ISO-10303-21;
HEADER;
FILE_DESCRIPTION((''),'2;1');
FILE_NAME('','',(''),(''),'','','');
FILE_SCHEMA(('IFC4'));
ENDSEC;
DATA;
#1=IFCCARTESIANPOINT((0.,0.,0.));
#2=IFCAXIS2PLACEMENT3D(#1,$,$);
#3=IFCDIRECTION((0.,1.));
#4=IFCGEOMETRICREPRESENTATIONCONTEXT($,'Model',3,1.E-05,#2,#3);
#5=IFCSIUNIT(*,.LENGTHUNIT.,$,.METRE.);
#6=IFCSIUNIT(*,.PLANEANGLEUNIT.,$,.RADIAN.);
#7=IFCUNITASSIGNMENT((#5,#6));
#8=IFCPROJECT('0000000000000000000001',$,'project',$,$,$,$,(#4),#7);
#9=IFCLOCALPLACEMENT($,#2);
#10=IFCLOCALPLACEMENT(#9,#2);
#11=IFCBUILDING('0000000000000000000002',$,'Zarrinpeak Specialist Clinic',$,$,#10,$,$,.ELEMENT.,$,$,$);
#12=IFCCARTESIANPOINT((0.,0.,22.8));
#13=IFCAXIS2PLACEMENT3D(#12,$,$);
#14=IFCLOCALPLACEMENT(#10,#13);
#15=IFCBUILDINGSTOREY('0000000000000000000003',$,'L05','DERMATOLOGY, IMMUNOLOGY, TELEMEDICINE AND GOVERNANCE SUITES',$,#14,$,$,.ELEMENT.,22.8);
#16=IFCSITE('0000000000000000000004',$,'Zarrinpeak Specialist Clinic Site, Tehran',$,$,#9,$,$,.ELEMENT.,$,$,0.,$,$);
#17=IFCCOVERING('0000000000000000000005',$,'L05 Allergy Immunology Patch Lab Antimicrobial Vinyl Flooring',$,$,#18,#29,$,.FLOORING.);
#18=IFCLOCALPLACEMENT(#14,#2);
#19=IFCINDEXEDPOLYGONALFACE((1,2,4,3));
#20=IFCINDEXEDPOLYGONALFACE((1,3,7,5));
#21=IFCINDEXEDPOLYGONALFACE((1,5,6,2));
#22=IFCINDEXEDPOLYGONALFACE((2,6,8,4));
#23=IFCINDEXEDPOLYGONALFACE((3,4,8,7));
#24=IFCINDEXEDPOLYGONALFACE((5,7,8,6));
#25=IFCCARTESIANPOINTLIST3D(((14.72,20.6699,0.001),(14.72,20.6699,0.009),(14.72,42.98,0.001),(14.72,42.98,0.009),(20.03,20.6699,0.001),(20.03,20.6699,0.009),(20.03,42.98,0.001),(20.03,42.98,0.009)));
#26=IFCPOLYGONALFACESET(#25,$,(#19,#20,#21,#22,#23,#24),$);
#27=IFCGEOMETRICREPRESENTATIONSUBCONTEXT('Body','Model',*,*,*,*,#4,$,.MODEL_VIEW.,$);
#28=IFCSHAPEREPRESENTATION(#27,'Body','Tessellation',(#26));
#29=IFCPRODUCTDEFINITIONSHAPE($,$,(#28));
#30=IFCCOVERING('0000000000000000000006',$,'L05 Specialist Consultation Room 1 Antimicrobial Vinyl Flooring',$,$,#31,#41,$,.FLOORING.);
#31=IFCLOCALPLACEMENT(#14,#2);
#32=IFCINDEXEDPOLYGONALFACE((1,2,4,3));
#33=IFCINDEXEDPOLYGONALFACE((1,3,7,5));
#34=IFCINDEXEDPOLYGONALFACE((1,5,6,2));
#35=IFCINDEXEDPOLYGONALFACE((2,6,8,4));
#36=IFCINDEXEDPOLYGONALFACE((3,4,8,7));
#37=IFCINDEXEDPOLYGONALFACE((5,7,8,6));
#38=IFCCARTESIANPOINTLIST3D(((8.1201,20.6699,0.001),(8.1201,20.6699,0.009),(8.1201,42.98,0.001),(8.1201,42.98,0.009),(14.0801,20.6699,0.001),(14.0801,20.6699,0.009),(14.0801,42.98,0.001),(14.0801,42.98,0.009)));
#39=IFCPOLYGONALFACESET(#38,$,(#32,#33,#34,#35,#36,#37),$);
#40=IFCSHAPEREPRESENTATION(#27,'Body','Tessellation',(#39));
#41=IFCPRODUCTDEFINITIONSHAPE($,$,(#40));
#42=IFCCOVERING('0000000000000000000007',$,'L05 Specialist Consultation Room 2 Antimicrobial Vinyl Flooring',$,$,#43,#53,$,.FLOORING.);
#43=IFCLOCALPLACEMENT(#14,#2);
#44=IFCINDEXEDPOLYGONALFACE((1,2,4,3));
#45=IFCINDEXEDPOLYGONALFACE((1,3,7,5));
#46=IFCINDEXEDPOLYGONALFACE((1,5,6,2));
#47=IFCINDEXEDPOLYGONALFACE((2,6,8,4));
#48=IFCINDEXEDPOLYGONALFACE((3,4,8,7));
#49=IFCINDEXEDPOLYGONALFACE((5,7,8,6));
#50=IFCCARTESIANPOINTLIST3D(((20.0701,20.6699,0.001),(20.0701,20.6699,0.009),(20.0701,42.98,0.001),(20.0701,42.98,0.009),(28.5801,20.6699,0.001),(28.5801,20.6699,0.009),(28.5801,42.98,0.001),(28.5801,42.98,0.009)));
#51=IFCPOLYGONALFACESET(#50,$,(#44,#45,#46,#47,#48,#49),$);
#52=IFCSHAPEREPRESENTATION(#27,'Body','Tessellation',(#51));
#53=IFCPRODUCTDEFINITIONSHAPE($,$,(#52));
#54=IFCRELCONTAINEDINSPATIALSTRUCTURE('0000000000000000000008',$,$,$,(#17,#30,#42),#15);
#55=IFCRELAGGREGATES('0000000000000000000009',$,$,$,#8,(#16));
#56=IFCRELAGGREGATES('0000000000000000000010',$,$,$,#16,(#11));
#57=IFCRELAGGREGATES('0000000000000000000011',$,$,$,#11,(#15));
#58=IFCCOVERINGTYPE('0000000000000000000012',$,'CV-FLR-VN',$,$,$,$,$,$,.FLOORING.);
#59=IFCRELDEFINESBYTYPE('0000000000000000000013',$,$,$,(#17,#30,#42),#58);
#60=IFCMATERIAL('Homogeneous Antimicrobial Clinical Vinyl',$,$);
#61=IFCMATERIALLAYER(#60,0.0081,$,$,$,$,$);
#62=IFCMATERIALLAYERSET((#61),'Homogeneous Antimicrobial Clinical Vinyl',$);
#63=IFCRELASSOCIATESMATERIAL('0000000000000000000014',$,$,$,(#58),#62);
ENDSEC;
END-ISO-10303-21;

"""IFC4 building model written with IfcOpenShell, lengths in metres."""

from ifc_helpers import new_model, si_unit, direction, frame, origin, place, context, subcontext, project, spatial, polyline, outline, extrude, material, layer, layer_set, type_object, element, save


model = new_model("IFC4")

# Units and contexts
model_context = context("Model", 3, precision=1e-05, world=origin(), true_north=direction((0.0, 1.0)))
body_context = subcontext(model_context, "Body", "Model", "MODEL_VIEW")
ifc_project = project(units=[si_unit("LENGTHUNIT", "METRE"), si_unit("PLANEANGLEUNIT", "RADIAN")], contexts=[model_context])

# Site, building, storey
site_placement = place(None, origin())
site = spatial("IfcSite", under=ifc_project, at=site_placement, Name="Zarrinpeak Specialist Clinic Site, Tehran", CompositionType="ELEMENT", RefElevation=0.0)
building_placement = place(site_placement, origin())
building = spatial("IfcBuilding", under=site, at=building_placement, Name="Zarrinpeak Specialist Clinic", CompositionType="ELEMENT")
storey_placement = place(building_placement, frame((0.0, 0.0, 22.8)))
storey = spatial("IfcBuildingStorey", under=building, at=storey_placement, Name="L05", Description="DERMATOLOGY, IMMUNOLOGY, TELEMEDICINE AND GOVERNANCE SUITES", CompositionType="ELEMENT", Elevation=22.8)

# Coverings
ifc_material_1 = material(Name="Homogeneous Antimicrobial Clinical Vinyl")
ifc_layer_1 = layer(ifc_material_1, 0.0081)
ifc_layer_set_1 = layer_set([ifc_layer_1], Name="Homogeneous Antimicrobial Clinical Vinyl")
covering_type_1 = type_object("IfcCoveringType", Name="CV-FLR-VN", PredefinedType="FLOORING", material=ifc_layer_set_1)
covering_1_placement = place(storey_placement, frame((0.0, 0.0, 0.001)))
element("IfcCovering", 1, at=covering_1_placement, inside=storey, type_object=covering_type_1, Name="L05 Allergy Immunology Patch Lab Antimicrobial Vinyl Flooring", PredefinedType="FLOORING", context=body_context, shape_type="SweptSolid", body=[
    extrude(outline(polyline([(14.72, 20.6699), (20.03, 20.6699), (20.03, 42.98), (14.72, 42.98), (14.72, 20.6699)])), origin(), (0.0, 0.0, 1.0), 0.0081),
])
covering_2_placement = place(storey_placement, frame((0.0, 0.0, 0.001)))
element("IfcCovering", 2, at=covering_2_placement, inside=storey, type_object=covering_type_1, Name="L05 Specialist Consultation Room 1 Antimicrobial Vinyl Flooring", PredefinedType="FLOORING", context=body_context, shape_type="SweptSolid", body=[
    extrude(outline(polyline([(8.1201, 20.6699), (14.0801, 20.6699), (14.0801, 42.98), (8.1201, 42.98), (8.1201, 20.6699)])), origin(), (0.0, 0.0, 1.0), 0.0081),
])
covering_3_placement = place(storey_placement, frame((0.0, 0.0, 0.001)))
element("IfcCovering", 3, at=covering_3_placement, inside=storey, type_object=covering_type_1, Name="L05 Specialist Consultation Room 2 Antimicrobial Vinyl Flooring", PredefinedType="FLOORING", context=body_context, shape_type="SweptSolid", body=[
    extrude(outline(polyline([(20.0701, 20.6699), (28.5801, 20.6699), (28.5801, 42.98), (20.0701, 42.98), (20.0701, 20.6699)])), origin(), (0.0, 0.0, 1.0), 0.0081),
])

save(model, "model.ifc")
